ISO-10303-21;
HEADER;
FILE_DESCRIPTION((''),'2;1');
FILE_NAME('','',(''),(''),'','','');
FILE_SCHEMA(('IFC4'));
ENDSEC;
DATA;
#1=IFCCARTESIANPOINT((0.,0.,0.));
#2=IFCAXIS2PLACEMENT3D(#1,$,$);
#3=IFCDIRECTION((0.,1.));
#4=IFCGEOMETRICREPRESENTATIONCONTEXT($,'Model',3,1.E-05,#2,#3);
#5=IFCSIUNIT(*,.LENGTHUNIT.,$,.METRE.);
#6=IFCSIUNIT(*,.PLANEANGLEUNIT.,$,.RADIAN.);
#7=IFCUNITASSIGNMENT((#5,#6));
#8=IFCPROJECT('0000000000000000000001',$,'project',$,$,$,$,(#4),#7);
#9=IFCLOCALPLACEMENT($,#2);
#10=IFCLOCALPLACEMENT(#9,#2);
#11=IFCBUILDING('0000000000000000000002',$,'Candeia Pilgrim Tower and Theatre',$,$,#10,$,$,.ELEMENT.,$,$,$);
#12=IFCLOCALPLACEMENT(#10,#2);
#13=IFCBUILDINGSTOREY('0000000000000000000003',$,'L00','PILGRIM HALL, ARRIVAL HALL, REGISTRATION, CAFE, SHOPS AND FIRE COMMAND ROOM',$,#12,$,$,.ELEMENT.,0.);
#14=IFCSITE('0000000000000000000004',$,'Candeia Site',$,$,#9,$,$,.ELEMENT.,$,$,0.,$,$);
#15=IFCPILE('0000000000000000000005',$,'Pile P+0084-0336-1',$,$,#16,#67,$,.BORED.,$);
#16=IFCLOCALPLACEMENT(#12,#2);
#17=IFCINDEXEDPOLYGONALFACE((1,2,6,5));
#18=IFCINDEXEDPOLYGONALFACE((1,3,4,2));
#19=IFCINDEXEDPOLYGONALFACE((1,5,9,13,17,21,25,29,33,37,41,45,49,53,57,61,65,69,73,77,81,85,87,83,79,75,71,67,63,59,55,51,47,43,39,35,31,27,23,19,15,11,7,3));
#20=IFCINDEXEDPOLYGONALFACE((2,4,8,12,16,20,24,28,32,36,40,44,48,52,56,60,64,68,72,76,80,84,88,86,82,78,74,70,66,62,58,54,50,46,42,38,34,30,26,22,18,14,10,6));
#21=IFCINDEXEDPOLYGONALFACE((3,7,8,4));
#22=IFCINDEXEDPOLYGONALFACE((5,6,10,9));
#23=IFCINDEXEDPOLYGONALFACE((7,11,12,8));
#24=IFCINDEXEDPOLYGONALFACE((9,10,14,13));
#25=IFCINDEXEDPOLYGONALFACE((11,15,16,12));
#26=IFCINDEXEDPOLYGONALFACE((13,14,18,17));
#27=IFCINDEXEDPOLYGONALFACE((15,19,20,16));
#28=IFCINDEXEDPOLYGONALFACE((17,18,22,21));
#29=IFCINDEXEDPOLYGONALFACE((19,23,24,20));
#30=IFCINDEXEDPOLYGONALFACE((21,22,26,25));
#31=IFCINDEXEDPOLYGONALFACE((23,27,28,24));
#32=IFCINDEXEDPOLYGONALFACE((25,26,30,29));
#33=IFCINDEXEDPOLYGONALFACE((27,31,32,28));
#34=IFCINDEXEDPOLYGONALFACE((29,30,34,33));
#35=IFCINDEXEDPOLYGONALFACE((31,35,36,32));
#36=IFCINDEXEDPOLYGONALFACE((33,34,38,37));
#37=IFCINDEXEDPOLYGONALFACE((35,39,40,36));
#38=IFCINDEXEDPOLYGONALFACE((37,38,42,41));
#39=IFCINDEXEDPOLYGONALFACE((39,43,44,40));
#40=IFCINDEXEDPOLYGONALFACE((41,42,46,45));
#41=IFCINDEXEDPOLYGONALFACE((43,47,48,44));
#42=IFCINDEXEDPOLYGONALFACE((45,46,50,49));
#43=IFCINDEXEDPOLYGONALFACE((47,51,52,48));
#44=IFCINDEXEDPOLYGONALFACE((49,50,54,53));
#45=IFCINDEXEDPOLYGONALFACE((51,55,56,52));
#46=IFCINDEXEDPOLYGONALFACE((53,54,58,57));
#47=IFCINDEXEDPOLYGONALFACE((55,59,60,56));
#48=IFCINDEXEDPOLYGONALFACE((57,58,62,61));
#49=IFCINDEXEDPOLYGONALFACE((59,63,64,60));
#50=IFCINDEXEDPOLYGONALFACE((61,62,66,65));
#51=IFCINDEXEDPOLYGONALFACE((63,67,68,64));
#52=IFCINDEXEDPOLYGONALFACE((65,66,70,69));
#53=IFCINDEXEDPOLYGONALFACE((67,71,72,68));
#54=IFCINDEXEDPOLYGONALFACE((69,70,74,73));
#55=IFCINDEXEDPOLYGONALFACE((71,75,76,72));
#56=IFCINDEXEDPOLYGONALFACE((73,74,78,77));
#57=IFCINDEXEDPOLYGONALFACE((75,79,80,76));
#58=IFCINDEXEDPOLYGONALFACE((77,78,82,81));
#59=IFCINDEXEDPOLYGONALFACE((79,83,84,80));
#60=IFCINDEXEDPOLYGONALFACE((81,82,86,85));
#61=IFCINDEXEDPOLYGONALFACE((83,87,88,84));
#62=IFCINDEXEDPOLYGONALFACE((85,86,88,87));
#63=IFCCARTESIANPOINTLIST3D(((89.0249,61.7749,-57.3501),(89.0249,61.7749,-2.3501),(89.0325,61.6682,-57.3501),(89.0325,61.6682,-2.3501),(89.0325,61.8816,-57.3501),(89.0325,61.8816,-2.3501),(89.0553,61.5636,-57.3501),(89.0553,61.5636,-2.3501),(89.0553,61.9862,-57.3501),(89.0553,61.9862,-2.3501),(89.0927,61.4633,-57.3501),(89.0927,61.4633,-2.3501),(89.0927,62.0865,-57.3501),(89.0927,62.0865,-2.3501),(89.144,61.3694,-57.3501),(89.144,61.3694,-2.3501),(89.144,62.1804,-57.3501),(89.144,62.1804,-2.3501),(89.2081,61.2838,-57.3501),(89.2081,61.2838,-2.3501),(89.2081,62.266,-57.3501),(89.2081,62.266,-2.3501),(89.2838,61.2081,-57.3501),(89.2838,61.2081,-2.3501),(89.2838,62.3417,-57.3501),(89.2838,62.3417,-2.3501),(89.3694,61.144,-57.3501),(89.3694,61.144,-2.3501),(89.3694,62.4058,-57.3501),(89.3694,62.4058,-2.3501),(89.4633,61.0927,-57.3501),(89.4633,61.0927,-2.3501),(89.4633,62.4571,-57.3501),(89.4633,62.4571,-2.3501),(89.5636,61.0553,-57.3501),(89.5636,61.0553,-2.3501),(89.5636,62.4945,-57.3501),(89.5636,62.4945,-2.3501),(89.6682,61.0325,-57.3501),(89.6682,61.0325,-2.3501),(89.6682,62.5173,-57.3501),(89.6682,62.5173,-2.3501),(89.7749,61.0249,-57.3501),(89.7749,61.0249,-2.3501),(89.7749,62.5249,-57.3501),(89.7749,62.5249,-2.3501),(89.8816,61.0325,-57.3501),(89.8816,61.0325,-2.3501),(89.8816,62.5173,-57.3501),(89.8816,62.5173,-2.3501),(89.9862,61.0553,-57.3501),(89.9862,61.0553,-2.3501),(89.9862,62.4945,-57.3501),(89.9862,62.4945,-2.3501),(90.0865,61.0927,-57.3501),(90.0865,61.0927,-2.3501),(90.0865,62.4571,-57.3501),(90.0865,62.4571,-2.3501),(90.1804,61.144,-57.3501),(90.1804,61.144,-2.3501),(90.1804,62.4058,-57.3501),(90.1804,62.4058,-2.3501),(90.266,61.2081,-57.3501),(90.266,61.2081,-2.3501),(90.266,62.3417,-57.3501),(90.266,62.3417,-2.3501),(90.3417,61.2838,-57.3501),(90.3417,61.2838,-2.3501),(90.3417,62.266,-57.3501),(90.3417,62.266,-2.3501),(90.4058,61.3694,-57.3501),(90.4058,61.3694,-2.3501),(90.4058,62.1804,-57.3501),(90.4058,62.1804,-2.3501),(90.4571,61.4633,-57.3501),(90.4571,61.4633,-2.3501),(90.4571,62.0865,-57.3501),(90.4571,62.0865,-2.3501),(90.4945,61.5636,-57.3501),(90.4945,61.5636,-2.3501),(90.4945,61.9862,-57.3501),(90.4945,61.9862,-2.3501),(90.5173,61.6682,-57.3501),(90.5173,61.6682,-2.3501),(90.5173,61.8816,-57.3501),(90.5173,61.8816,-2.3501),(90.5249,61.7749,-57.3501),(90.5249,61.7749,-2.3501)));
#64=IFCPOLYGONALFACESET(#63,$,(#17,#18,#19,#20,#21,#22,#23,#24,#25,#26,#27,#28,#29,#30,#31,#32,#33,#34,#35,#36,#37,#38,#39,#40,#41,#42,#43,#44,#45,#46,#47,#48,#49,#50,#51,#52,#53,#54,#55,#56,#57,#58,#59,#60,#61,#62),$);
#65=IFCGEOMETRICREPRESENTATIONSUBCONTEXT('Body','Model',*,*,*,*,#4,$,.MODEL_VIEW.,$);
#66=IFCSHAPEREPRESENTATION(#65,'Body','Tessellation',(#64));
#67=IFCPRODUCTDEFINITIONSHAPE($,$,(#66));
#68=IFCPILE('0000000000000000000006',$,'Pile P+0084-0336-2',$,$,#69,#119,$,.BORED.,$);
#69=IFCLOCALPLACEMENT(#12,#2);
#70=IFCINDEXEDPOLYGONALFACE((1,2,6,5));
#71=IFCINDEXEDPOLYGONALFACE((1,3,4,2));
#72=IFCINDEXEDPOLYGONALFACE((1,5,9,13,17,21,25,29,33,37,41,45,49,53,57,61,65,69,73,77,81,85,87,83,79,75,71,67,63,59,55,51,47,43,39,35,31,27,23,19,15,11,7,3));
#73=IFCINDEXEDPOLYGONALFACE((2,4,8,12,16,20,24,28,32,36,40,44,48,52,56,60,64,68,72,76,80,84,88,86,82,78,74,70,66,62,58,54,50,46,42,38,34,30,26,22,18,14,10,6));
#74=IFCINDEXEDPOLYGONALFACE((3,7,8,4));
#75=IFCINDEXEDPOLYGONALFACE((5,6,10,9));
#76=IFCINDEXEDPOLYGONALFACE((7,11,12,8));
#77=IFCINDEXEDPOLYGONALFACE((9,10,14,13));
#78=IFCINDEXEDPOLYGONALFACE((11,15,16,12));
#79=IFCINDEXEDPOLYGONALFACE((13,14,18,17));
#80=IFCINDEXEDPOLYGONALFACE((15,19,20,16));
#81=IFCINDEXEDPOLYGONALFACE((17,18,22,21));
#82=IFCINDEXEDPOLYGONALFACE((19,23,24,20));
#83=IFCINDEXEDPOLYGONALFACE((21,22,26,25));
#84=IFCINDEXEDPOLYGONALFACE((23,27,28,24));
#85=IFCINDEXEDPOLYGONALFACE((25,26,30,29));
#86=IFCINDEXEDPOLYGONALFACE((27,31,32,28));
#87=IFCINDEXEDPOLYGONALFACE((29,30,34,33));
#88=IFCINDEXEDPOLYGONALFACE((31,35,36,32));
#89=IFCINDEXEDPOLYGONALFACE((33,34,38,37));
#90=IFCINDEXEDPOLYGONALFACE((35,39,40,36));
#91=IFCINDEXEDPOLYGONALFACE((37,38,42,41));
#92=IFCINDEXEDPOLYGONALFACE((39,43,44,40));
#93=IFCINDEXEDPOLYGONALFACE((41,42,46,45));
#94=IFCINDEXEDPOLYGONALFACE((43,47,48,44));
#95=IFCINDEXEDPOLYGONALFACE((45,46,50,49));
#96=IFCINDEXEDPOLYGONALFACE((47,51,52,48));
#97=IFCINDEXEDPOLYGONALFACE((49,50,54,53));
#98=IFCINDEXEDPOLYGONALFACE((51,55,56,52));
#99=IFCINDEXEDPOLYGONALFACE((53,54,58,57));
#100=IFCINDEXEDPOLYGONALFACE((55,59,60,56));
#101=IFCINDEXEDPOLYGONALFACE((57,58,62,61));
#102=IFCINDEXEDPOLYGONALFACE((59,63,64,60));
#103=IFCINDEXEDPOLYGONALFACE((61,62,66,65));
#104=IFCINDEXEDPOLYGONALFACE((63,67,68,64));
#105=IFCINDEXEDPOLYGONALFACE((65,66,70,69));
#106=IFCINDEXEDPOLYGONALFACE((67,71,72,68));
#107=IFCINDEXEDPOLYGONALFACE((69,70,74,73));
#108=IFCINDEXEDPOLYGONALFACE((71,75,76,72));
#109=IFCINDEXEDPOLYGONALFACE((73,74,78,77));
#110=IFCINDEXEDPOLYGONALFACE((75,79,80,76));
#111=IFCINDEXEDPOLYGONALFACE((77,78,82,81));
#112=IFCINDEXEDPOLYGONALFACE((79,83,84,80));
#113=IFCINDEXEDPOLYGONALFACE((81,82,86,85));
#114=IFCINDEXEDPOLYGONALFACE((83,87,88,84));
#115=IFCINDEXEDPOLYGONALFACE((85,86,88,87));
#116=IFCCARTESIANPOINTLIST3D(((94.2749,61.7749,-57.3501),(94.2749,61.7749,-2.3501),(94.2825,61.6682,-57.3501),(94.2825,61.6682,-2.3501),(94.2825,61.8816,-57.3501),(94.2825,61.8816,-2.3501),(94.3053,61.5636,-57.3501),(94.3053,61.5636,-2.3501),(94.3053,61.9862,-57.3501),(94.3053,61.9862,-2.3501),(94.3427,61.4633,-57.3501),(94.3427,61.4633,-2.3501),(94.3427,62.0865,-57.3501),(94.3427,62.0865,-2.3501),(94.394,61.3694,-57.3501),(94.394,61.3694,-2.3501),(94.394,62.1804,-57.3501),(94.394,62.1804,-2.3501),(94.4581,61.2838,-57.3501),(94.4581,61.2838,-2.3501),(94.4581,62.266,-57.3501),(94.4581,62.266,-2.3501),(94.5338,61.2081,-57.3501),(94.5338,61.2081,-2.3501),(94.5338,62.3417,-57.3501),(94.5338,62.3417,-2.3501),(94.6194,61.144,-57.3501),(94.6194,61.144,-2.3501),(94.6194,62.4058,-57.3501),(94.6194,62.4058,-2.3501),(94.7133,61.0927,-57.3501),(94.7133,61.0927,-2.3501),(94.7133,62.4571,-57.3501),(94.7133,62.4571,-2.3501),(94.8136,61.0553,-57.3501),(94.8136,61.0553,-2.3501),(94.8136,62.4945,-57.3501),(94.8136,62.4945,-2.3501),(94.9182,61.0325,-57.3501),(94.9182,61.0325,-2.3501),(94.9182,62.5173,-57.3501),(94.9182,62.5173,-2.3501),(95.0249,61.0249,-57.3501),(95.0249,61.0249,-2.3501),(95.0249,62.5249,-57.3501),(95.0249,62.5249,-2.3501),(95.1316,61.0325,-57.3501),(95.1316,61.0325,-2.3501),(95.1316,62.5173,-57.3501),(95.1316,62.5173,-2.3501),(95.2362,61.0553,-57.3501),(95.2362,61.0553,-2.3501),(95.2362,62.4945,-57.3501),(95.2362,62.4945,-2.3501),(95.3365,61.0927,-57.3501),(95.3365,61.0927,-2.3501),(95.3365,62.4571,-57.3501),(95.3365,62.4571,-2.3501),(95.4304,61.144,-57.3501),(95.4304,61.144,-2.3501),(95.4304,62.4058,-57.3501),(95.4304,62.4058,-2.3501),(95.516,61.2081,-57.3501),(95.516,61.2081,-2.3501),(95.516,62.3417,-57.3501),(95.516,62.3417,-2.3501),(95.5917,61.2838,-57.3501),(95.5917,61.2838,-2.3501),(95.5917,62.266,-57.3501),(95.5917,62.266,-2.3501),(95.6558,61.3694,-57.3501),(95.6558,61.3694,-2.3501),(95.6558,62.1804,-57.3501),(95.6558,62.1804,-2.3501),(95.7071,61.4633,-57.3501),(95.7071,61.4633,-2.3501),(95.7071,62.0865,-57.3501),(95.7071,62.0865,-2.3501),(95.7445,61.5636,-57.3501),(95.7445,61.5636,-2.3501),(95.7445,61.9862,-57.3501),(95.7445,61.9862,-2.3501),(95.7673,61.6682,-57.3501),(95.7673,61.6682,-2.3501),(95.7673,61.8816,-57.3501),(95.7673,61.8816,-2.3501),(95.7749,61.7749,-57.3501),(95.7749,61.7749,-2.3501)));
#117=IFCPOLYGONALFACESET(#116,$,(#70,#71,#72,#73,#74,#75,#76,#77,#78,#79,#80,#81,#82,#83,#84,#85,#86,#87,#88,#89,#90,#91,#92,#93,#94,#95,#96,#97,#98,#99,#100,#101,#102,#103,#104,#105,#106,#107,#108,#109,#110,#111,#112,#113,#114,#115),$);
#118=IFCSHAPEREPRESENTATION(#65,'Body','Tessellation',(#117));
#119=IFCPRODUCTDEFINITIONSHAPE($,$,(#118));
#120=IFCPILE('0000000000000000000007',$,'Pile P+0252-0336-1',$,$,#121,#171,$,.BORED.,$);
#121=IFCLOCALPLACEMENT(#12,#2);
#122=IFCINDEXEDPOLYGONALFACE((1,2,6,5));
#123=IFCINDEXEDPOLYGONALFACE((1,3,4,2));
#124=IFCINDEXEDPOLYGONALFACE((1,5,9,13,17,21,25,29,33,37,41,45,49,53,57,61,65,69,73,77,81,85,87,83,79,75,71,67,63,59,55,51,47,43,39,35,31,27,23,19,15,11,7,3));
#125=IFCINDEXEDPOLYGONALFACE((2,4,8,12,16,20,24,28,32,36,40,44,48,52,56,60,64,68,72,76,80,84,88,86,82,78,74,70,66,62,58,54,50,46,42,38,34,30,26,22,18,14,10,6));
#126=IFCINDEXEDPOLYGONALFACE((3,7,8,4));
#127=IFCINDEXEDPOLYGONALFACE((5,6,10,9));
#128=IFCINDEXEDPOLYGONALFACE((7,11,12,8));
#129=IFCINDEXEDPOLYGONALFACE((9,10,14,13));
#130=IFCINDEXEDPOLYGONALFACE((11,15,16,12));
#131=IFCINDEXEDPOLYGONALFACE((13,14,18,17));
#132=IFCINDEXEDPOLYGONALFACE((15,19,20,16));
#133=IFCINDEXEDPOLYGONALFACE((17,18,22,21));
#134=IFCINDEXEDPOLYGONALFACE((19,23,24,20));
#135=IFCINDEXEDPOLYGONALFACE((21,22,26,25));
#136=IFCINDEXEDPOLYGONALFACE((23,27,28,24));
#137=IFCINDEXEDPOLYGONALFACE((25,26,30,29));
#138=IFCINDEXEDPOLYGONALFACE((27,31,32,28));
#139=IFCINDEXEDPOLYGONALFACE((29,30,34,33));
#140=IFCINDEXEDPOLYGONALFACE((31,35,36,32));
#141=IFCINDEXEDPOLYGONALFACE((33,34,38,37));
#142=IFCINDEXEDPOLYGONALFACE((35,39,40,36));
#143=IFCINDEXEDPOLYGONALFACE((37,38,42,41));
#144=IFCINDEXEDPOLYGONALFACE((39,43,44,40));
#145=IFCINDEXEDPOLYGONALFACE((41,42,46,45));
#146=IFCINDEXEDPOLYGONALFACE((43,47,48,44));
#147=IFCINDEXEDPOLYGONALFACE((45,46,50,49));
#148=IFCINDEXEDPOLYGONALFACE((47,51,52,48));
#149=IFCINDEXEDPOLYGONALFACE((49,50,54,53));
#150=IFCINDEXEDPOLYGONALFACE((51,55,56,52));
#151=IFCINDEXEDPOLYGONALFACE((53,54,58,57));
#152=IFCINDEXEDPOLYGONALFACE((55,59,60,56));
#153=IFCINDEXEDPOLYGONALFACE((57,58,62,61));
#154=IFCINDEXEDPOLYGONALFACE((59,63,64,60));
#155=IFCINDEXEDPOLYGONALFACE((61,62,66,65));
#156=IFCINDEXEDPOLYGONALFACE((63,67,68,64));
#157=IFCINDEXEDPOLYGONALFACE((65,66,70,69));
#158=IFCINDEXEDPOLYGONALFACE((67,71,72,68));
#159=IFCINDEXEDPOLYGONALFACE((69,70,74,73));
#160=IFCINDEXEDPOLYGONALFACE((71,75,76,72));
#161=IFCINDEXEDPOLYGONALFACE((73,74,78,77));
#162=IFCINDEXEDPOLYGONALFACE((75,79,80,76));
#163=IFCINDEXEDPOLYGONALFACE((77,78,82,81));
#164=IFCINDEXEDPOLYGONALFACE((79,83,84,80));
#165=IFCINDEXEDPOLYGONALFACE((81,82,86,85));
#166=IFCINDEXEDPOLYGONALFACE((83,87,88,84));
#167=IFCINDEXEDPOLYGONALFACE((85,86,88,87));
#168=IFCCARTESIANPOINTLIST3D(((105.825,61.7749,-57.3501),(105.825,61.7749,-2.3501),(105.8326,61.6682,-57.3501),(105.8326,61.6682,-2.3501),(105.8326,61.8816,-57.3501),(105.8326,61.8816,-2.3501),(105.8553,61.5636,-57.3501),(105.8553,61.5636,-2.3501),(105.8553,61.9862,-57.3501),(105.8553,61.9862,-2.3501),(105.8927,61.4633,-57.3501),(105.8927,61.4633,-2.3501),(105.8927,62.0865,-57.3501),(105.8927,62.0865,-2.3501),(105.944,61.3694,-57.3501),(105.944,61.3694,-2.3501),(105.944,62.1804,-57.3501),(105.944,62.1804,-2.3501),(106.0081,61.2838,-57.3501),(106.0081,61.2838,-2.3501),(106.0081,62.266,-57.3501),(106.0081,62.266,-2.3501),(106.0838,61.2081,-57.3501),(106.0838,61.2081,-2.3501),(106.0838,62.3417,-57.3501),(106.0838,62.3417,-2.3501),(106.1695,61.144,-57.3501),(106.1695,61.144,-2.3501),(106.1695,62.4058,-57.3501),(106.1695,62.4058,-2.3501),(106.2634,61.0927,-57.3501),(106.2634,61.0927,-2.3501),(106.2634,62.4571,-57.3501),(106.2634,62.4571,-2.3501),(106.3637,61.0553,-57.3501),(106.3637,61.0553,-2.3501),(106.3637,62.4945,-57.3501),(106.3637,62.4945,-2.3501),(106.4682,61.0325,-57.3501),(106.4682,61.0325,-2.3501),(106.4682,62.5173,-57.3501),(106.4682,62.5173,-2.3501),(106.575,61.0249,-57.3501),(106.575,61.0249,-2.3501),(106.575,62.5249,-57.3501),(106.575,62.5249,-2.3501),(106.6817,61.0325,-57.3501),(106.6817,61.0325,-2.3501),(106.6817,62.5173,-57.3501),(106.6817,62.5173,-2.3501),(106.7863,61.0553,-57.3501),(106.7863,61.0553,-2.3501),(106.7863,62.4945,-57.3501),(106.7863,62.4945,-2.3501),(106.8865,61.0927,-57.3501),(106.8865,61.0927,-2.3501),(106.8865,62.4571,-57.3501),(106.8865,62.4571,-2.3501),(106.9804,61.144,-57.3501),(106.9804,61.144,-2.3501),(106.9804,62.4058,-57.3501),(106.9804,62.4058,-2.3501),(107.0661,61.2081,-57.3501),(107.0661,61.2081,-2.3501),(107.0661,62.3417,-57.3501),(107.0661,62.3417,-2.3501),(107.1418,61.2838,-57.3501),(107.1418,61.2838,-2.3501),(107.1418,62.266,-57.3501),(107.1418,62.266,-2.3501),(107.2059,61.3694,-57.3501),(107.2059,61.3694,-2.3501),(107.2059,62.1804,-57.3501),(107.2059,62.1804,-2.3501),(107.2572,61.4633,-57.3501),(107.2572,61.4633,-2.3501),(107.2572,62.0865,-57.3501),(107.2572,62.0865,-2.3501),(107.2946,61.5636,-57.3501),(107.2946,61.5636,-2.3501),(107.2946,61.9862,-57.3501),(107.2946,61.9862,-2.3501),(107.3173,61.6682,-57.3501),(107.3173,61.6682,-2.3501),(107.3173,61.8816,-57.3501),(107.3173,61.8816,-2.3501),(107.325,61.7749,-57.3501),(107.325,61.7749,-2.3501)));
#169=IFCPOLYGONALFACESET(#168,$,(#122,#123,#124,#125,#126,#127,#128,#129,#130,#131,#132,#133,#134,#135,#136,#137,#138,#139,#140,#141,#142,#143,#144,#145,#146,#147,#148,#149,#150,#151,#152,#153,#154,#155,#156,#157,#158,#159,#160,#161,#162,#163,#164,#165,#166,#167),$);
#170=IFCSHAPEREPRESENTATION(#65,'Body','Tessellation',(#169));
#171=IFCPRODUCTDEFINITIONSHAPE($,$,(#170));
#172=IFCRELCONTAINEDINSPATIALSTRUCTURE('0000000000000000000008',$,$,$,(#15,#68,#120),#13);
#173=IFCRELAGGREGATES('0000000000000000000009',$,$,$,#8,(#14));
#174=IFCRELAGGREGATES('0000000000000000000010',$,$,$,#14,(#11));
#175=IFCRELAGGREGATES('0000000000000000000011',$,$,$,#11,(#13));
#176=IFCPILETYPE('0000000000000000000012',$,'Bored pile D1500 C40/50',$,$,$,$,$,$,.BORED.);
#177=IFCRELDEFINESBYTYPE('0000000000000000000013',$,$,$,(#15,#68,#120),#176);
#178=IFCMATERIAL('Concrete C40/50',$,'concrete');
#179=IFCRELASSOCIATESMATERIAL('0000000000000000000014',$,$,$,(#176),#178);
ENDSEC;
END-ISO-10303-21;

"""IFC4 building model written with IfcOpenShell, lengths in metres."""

from ifc_helpers import new_model, si_unit, direction, frame, origin, origin_2d, place, context, subcontext, project, spatial, circle, extrude, material, material_profile, profile_set, type_object, element, save


model = new_model("IFC4")

# Units and contexts
model_context = context("Model", 3, precision=1e-05, world=origin(), true_north=direction((0.0, 1.0)))
body_context = subcontext(model_context, "Body", "Model", "MODEL_VIEW")
ifc_project = project(units=[si_unit("LENGTHUNIT", "METRE"), si_unit("PLANEANGLEUNIT", "RADIAN")], contexts=[model_context])

# Site, building, storey
site_placement = place(None, origin())
site = spatial("IfcSite", under=ifc_project, at=site_placement, Name="Candeia Site", CompositionType="ELEMENT", RefElevation=0.0)
building_placement = place(site_placement, origin())
building = spatial("IfcBuilding", under=site, at=building_placement, Name="Candeia Pilgrim Tower and Theatre", CompositionType="ELEMENT")
storey_placement = place(building_placement, origin())
storey = spatial("IfcBuildingStorey", under=building, at=storey_placement, Name="L00", Description="PILGRIM HALL, ARRIVAL HALL, REGISTRATION, CAFE, SHOPS AND FIRE COMMAND ROOM", CompositionType="ELEMENT", Elevation=0.0)

# Piles
ifc_material_1 = material(Name="Concrete C40/50", Category="concrete")
ifc_material_profile_1 = material_profile(ifc_material_1, circle(Radius=0.75, at=origin_2d()))
ifc_profile_set_1 = profile_set([ifc_material_profile_1], Name="Concrete C40/50")
pile_type = type_object("IfcPileType", Name="Bored pile D1500 C40/50", PredefinedType="BORED", material=ifc_profile_set_1)
for number, where, z_axis, x_axis, name in (
    (1, (89.7749, 61.7749, -2.3501), (0.0, 0.0, -1.0), (1.0, 0.0, 0.0), "Pile P+0084-0336-1"),
    (2, (95.0249, 61.7749, -2.3501), (0.0, 0.0, -1.0), (1.0, 0.0, 0.0), "Pile P+0084-0336-2"),
    (3, (106.575, 61.7749, -2.3501), (0.0, 0.0, -1.0), (1.0, 0.0, 0.0), "Pile P+0252-0336-1"),
):
    element("IfcPile", number, at=place(storey_placement, frame(where, z_axis=z_axis, x_axis=x_axis)), inside=storey, type_object=pile_type, Name=name, PredefinedType="BORED", context=body_context, shape_type="SweptSolid", body=[
        extrude(circle(Radius=0.75, at=origin_2d()), origin(), (0.0, 0.0, 1.0), 55.0),
    ])

save(model, "model.ifc")
